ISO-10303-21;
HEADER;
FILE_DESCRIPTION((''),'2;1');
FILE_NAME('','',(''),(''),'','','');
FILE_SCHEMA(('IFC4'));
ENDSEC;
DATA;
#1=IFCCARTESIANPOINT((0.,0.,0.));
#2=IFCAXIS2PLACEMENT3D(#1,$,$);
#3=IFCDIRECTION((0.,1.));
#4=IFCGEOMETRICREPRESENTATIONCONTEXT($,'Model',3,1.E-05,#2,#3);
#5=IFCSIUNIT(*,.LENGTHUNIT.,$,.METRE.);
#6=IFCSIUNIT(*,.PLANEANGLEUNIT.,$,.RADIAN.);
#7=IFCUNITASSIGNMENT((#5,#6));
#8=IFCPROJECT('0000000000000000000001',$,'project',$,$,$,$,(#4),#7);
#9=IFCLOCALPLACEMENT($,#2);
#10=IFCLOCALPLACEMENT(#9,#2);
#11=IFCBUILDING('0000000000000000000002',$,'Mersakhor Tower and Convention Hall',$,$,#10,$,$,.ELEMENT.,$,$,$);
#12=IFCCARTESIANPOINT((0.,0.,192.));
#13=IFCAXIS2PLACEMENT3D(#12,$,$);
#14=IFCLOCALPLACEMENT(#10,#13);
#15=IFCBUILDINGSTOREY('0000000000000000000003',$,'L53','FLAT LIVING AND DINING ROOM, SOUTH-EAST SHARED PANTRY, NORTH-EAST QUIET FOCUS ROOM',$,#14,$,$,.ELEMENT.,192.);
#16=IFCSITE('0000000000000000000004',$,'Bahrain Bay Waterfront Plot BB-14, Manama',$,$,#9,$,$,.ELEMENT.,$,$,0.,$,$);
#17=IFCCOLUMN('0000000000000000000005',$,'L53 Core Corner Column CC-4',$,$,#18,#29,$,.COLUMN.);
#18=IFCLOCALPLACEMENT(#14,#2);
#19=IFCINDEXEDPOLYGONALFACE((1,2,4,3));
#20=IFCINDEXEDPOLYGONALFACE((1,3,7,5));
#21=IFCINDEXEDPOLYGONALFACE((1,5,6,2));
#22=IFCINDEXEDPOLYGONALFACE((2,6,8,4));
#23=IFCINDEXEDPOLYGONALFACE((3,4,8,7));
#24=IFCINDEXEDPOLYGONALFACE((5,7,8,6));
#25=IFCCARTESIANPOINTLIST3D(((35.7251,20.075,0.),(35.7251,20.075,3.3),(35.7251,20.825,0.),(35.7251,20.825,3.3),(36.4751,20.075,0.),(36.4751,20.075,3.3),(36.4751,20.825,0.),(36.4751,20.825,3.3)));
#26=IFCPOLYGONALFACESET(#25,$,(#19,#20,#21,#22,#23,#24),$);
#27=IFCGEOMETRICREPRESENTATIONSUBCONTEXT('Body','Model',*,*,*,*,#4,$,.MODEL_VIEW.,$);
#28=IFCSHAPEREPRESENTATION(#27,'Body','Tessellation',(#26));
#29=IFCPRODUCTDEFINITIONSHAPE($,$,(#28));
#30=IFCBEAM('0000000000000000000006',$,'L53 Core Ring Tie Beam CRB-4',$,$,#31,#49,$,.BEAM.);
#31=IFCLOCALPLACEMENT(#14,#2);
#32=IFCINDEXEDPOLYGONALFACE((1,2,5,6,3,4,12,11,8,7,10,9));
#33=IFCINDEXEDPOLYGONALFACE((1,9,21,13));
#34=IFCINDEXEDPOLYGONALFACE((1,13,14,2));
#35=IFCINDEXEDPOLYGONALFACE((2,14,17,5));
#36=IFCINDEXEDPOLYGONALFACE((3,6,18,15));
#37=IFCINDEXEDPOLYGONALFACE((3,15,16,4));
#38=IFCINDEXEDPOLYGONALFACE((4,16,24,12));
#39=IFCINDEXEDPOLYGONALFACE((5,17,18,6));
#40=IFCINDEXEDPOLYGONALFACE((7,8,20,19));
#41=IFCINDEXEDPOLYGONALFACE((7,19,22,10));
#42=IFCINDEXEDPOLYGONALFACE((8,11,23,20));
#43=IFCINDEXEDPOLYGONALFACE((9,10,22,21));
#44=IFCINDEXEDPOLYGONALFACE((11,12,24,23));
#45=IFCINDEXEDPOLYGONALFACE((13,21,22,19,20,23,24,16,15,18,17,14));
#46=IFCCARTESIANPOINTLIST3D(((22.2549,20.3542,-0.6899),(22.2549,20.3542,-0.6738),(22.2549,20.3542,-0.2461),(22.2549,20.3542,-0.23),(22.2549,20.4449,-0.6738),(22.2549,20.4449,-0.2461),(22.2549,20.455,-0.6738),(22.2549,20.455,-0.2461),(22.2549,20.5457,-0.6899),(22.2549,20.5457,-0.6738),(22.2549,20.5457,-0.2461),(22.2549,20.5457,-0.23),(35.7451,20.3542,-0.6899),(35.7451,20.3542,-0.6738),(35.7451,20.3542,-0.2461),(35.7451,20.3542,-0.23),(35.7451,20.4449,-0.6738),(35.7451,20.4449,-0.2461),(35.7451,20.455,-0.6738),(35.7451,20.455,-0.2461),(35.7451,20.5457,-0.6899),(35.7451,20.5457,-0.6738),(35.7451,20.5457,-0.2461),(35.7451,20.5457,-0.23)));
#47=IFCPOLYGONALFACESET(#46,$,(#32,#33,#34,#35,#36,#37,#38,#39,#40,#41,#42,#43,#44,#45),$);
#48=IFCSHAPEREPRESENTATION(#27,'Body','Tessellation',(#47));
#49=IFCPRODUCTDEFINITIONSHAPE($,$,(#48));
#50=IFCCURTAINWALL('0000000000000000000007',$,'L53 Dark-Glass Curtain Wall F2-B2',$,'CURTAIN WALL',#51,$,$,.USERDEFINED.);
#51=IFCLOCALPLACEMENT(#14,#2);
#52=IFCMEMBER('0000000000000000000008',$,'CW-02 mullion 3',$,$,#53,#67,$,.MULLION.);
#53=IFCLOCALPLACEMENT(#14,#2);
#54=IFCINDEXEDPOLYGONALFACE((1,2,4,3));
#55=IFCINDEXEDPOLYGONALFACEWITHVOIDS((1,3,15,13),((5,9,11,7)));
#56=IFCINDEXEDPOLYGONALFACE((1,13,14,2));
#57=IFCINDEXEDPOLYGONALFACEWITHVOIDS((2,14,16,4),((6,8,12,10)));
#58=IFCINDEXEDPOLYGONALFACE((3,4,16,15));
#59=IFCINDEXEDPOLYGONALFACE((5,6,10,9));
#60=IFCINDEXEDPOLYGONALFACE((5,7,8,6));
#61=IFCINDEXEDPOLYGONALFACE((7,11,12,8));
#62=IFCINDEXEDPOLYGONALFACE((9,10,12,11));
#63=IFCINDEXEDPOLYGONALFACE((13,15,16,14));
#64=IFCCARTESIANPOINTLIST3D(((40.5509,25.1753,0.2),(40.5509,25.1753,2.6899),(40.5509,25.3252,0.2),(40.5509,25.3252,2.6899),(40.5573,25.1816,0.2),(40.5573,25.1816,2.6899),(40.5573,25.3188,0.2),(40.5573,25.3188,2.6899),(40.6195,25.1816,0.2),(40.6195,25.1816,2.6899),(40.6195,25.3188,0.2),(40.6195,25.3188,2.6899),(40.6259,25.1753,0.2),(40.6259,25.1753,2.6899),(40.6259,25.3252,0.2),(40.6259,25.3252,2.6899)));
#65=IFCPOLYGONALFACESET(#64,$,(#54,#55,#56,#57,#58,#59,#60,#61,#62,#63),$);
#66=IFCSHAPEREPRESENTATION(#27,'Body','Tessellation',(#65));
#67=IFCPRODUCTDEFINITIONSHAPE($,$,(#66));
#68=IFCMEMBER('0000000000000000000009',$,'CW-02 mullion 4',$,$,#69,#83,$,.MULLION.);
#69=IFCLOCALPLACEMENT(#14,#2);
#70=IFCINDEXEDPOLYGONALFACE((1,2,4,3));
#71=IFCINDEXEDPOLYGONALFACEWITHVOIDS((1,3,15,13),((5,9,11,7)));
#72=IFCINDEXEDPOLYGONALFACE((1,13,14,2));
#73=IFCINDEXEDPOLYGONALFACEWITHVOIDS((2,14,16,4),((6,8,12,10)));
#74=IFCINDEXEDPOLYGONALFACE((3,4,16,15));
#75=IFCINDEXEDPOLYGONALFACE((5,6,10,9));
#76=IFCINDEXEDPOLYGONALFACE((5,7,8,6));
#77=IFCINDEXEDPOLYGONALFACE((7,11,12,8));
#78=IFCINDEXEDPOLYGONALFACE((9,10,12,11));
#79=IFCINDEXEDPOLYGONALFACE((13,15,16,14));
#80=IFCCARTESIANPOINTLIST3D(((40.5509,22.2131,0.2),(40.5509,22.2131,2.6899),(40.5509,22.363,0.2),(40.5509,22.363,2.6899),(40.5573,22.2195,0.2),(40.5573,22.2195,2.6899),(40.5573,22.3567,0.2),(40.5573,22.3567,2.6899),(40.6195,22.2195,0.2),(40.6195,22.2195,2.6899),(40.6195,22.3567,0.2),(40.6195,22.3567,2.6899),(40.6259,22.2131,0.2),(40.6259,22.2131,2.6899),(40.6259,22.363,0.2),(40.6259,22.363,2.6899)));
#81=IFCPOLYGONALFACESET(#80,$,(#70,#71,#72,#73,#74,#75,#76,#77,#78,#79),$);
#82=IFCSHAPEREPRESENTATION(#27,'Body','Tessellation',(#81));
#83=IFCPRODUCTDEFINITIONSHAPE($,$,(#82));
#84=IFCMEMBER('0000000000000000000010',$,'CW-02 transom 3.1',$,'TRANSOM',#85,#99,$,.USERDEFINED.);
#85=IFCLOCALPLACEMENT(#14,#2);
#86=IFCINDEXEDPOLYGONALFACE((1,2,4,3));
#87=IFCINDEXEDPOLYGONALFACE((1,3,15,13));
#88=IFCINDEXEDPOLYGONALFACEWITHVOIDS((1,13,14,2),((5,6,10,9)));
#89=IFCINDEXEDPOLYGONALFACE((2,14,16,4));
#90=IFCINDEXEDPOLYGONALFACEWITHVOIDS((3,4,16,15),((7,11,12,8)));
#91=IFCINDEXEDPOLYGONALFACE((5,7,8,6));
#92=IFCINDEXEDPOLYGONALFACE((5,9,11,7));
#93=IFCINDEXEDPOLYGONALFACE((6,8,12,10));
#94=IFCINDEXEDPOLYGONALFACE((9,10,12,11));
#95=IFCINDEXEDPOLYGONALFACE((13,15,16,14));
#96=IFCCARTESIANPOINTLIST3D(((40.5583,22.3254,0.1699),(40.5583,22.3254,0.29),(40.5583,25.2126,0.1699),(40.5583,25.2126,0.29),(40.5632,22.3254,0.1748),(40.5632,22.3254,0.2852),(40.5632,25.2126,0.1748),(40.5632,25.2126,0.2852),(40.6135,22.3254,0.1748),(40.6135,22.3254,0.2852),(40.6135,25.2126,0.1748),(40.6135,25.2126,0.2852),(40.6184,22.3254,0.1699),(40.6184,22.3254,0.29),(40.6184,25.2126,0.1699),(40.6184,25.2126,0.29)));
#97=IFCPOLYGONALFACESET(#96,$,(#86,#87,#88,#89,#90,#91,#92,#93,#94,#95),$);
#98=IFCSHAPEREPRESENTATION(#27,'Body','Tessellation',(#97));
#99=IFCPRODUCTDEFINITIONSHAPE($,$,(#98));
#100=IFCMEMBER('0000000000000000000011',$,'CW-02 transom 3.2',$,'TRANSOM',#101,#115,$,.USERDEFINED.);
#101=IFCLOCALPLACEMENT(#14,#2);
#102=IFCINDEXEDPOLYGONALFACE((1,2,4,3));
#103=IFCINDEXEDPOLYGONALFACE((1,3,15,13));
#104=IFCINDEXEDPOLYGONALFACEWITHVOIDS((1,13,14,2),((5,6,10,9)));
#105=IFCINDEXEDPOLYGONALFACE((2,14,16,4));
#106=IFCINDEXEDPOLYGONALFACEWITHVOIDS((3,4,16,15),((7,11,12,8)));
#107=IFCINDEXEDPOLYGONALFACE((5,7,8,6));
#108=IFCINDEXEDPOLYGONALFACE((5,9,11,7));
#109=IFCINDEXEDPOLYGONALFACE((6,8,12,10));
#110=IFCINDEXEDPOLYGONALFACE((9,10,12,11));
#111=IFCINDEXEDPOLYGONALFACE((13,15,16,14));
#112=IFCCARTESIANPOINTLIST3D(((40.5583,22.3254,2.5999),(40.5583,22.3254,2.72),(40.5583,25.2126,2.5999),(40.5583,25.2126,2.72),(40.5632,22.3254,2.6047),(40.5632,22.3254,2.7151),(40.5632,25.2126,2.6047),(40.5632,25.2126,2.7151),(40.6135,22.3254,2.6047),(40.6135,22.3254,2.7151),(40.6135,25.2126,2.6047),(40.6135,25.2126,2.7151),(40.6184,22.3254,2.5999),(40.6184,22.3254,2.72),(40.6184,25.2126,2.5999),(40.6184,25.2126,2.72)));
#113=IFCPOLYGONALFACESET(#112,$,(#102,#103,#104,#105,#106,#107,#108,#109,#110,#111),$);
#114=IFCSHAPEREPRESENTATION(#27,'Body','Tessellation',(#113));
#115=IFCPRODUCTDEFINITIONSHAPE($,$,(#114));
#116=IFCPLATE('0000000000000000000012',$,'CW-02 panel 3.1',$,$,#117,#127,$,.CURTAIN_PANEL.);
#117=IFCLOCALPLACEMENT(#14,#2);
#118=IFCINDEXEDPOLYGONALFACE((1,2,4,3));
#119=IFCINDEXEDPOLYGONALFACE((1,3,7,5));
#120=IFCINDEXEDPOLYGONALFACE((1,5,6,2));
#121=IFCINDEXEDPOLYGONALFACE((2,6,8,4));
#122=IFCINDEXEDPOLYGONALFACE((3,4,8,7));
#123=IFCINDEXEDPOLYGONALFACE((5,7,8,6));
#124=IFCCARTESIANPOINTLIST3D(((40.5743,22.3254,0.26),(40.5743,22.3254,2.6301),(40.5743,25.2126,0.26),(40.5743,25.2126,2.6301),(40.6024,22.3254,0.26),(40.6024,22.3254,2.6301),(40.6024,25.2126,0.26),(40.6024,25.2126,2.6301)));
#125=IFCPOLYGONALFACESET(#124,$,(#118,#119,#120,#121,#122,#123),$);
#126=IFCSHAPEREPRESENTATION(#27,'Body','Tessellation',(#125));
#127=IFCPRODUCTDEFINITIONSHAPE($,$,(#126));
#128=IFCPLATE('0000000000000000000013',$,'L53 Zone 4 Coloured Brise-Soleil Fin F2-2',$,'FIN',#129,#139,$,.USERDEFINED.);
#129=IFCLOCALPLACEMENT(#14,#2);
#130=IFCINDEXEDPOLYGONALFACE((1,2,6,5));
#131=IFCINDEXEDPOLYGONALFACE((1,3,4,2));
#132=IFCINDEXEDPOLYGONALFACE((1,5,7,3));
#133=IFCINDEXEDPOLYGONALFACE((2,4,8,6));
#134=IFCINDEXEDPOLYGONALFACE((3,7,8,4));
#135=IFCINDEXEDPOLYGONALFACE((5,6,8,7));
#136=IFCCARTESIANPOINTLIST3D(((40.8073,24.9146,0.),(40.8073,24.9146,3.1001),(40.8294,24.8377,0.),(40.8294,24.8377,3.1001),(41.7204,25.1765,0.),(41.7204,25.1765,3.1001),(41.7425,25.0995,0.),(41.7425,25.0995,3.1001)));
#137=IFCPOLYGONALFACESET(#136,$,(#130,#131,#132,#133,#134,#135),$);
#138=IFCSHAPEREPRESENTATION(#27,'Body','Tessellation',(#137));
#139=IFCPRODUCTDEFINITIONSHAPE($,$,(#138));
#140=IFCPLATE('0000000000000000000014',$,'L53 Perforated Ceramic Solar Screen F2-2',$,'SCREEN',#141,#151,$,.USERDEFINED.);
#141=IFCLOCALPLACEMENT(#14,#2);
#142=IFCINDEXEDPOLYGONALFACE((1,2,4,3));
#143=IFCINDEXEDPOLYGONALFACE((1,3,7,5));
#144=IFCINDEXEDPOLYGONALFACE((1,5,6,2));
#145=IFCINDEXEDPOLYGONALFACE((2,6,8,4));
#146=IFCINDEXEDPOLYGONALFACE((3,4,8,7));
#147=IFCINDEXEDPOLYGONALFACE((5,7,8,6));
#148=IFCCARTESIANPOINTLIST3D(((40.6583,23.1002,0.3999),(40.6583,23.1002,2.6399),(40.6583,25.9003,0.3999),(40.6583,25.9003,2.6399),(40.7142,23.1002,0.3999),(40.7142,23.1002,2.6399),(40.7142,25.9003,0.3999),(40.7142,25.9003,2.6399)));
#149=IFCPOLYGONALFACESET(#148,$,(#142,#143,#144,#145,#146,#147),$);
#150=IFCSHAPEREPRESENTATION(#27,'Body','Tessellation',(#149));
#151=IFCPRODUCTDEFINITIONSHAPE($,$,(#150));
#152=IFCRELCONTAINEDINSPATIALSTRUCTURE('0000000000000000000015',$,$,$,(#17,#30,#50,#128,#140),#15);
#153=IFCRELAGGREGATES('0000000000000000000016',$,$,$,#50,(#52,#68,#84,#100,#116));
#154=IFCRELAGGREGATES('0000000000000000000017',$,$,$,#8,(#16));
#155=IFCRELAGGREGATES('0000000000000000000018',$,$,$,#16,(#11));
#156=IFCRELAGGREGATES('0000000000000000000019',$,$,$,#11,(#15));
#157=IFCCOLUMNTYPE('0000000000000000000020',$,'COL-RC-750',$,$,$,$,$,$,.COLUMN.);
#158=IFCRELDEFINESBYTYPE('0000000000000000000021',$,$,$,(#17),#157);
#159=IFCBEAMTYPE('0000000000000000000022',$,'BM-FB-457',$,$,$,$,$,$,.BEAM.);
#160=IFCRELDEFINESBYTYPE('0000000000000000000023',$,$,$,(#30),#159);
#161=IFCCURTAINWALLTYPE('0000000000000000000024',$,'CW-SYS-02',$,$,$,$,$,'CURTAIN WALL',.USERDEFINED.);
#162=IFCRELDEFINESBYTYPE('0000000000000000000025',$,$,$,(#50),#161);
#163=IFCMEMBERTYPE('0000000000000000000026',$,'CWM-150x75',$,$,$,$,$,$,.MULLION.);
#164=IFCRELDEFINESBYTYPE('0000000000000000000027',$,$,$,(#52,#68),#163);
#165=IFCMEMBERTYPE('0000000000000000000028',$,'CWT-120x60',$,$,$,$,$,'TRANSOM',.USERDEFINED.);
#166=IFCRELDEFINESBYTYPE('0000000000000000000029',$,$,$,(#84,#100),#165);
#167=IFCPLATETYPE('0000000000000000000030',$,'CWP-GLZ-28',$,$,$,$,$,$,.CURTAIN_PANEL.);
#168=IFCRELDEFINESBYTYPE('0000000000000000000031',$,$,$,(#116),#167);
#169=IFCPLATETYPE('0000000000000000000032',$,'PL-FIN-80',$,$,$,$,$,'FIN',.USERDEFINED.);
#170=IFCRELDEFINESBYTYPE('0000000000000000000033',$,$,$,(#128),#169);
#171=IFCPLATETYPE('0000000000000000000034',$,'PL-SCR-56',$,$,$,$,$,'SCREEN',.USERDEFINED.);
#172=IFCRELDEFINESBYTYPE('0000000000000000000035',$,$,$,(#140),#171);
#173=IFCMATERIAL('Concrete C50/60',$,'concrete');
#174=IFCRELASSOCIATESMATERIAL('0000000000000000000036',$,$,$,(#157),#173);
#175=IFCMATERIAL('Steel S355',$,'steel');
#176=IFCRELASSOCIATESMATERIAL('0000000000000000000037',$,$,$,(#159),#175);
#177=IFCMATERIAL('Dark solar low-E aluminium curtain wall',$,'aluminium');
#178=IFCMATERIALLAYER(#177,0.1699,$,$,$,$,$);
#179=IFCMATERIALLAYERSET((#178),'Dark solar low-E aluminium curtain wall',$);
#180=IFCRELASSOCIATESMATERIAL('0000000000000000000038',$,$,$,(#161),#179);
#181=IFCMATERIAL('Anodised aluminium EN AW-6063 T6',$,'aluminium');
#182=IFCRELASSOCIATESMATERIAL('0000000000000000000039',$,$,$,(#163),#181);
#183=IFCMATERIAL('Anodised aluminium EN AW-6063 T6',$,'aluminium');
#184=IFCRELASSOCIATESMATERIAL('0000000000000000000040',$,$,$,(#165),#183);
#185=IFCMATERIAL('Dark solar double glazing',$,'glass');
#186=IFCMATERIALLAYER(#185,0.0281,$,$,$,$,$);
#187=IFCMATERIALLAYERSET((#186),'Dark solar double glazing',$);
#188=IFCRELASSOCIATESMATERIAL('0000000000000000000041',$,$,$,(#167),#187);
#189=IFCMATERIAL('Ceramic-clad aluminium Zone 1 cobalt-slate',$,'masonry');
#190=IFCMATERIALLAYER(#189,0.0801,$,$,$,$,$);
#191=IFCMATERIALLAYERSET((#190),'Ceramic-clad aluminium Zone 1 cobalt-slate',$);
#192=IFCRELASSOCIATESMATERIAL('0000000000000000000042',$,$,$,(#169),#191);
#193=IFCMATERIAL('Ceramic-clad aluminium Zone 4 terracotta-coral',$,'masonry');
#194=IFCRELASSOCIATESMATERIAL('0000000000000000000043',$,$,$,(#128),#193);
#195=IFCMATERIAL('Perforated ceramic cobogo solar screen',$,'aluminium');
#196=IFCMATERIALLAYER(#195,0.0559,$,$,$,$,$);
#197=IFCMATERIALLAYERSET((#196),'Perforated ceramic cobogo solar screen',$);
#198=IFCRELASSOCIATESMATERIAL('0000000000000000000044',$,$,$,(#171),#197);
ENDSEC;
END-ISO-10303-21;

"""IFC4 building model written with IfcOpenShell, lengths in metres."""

from ifc_helpers import new_model, si_unit, direction, frame, origin, origin_2d, place, context, subcontext, project, spatial, rectangle, hollow_rectangle, i_section, extrude, material, layer, layer_set, material_profile, profile_set, type_object, element, aggregate, save


model = new_model("IFC4")

# Units and contexts
model_context = context("Model", 3, precision=1e-05, world=origin(), true_north=direction((0.0, 1.0)))
body_context = subcontext(model_context, "Body", "Model", "MODEL_VIEW")
ifc_project = project(units=[si_unit("LENGTHUNIT", "METRE"), si_unit("PLANEANGLEUNIT", "RADIAN")], contexts=[model_context])

# Site, building, storey
site_placement = place(None, origin())
site = spatial("IfcSite", under=ifc_project, at=site_placement, Name="Bahrain Bay Waterfront Plot BB-14, Manama", CompositionType="ELEMENT", RefElevation=0.0)
building_placement = place(site_placement, origin())
building = spatial("IfcBuilding", under=site, at=building_placement, Name="Mersakhor Tower and Convention Hall", CompositionType="ELEMENT")
storey_placement = place(building_placement, frame((0.0, 0.0, 192.0)))
storey = spatial("IfcBuildingStorey", under=building, at=storey_placement, Name="L53", Description="FLAT LIVING AND DINING ROOM, SOUTH-EAST SHARED PANTRY, NORTH-EAST QUIET FOCUS ROOM", CompositionType="ELEMENT", Elevation=192.0)

# Column
ifc_material_1 = material(Name="Concrete C50/60", Category="concrete")
ifc_material_profile_1 = material_profile(ifc_material_1, rectangle(XDim=0.75, YDim=0.75, at=origin_2d()), Name="RC 750x750")
ifc_profile_set_1 = profile_set([ifc_material_profile_1], Name="Concrete C50/60")
column_type = type_object("IfcColumnType", Name="COL-RC-750", PredefinedType="COLUMN", material=ifc_profile_set_1)
column_placement = place(storey_placement, frame((36.1001, 20.45, 0.0), z_axis=(0.0, 0.0, 1.0), x_axis=(1.0, 0.0, 0.0)))
element("IfcColumn", 1, at=column_placement, inside=storey, type_object=column_type, Name="L53 Core Corner Column CC-4", PredefinedType="COLUMN", context=body_context, shape_type="SweptSolid", body=[
    extrude(rectangle(XDim=0.75, YDim=0.75, at=origin_2d()), origin(), (0.0, 0.0, 1.0), 3.3),
])

# Beam
ifc_material_2 = material(Name="Steel S355", Category="steel")
ifc_material_profile_2 = material_profile(ifc_material_2, i_section(OverallWidth=0.1914, OverallDepth=0.46, WebThickness=0.01, FlangeThickness=0.0161, at=origin_2d()), Name="UB 457x191x82")
ifc_profile_set_2 = profile_set([ifc_material_profile_2], Name="Steel S355")
beam_type = type_object("IfcBeamType", Name="BM-FB-457", PredefinedType="BEAM", material=ifc_profile_set_2)
beam_placement = place(storey_placement, frame((35.7451, 20.45, -0.46), z_axis=(-1.0, 0.0, 0.0), x_axis=(0.0, -1.0, 0.0)))
element("IfcBeam", 2, at=beam_placement, inside=storey, type_object=beam_type, Name="L53 Core Ring Tie Beam CRB-4", PredefinedType="BEAM", context=body_context, shape_type="SweptSolid", body=[
    extrude(i_section(OverallWidth=0.1914, OverallDepth=0.46, WebThickness=0.01, FlangeThickness=0.0161, at=origin_2d()), origin(), (0.0, 0.0, 1.0), 13.4902),
])

# Curtain wall, members, plate
ifc_material_3 = material(Name="Dark solar low-E aluminium curtain wall", Category="aluminium")
ifc_layer_1 = layer(ifc_material_3, 0.1699)
ifc_layer_set_1 = layer_set([ifc_layer_1], Name="Dark solar low-E aluminium curtain wall")
curtain_wall_type = type_object("IfcCurtainWallType", Name="CW-SYS-02", ElementType="CURTAIN WALL", PredefinedType="USERDEFINED", material=ifc_layer_set_1)
curtain_wall_placement = place(storey_placement, origin())
curtain_wall = element("IfcCurtainWall", 3, at=curtain_wall_placement, inside=storey, type_object=curtain_wall_type, Name="L53 Dark-Glass Curtain Wall F2-B2", ObjectType="CURTAIN WALL", PredefinedType="USERDEFINED")
ifc_material_4 = material(Name="Anodised aluminium EN AW-6063 T6", Category="aluminium")
ifc_material_profile_3 = material_profile(ifc_material_4, hollow_rectangle(XDim=0.075, YDim=0.1499, WallThickness=0.0063, at=origin_2d()), Name="RHS 150x75x6.3")
ifc_profile_set_3 = profile_set([ifc_material_profile_3], Name="Anodised aluminium EN AW-6063 T6")
member_type_1 = type_object("IfcMemberType", Name="CWM-150x75", PredefinedType="MULLION", material=ifc_profile_set_3)
member_1_placement = place(storey_placement, frame((40.5884, 25.2502, 0.2), z_axis=(0.0, 0.0, 1.0), x_axis=(1.0, 0.0, 0.0)))
member_1 = element("IfcMember", 4, at=member_1_placement, type_object=member_type_1, Name="CW-02 mullion 3", PredefinedType="MULLION", context=body_context, shape_type="SweptSolid", body=[
    extrude(hollow_rectangle(XDim=0.075, YDim=0.1499, WallThickness=0.0063, at=origin_2d()), origin(), (0.0, 0.0, 1.0), 2.49),
])
member_2_placement = place(storey_placement, frame((40.5884, 22.2881, 0.2), z_axis=(0.0, 0.0, 1.0), x_axis=(1.0, 0.0, 0.0)))
member_2 = element("IfcMember", 5, at=member_2_placement, type_object=member_type_1, Name="CW-02 mullion 4", PredefinedType="MULLION", context=body_context, shape_type="SweptSolid", body=[
    extrude(hollow_rectangle(XDim=0.075, YDim=0.1499, WallThickness=0.0063, at=origin_2d()), origin(), (0.0, 0.0, 1.0), 2.49),
])
ifc_material_5 = material(Name="Anodised aluminium EN AW-6063 T6", Category="aluminium")
ifc_material_profile_4 = material_profile(ifc_material_5, hollow_rectangle(XDim=0.0601, YDim=0.1201, WallThickness=0.0049, at=origin_2d()), Name="RHS 120x60x5")
ifc_profile_set_4 = profile_set([ifc_material_profile_4], Name="Anodised aluminium EN AW-6063 T6")
member_type_2 = type_object("IfcMemberType", Name="CWT-120x60", ElementType="TRANSOM", PredefinedType="USERDEFINED", material=ifc_profile_set_4)
member_3_placement = place(storey_placement, frame((40.5884, 25.2126, 0.23), z_axis=(0.0, -1.0, 0.0), x_axis=(1.0, 0.0, 0.0)))
member_3 = element("IfcMember", 6, at=member_3_placement, type_object=member_type_2, Name="CW-02 transom 3.1", ObjectType="TRANSOM", PredefinedType="USERDEFINED", context=body_context, shape_type="SweptSolid", body=[
    extrude(hollow_rectangle(XDim=0.0601, YDim=0.1201, WallThickness=0.0049, at=origin_2d()), origin(), (0.0, 0.0, 1.0), 2.8872),
])
member_4_placement = place(storey_placement, frame((40.5884, 25.2126, 2.6599), z_axis=(0.0, -1.0, 0.0), x_axis=(1.0, 0.0, 0.0)))
member_4 = element("IfcMember", 7, at=member_4_placement, type_object=member_type_2, Name="CW-02 transom 3.2", ObjectType="TRANSOM", PredefinedType="USERDEFINED", context=body_context, shape_type="SweptSolid", body=[
    extrude(hollow_rectangle(XDim=0.0601, YDim=0.1201, WallThickness=0.0049, at=origin_2d()), origin(), (0.0, 0.0, 1.0), 2.8872),
])
ifc_material_6 = material(Name="Dark solar double glazing", Category="glass")
ifc_layer_2 = layer(ifc_material_6, 0.0281)
ifc_layer_set_2 = layer_set([ifc_layer_2], Name="Dark solar double glazing")
plate_type_1 = type_object("IfcPlateType", Name="CWP-GLZ-28", PredefinedType="CURTAIN_PANEL", material=ifc_layer_set_2)
plate_1_placement = place(storey_placement, frame((40.5884, 23.769, 0.26), z_axis=(0.0, 0.0, 1.0), x_axis=(0.0, -1.0, 0.0)))
plate_1 = element("IfcPlate", 8, at=plate_1_placement, type_object=plate_type_1, Name="CW-02 panel 3.1", PredefinedType="CURTAIN_PANEL", context=body_context, shape_type="SweptSolid", body=[
    extrude(rectangle(XDim=2.8872, YDim=0.0281, at=origin_2d()), origin(), (0.0, 0.0, 1.0), 2.3701),
])
aggregate(curtain_wall, [member_1, member_2, member_3, member_4, plate_1])

# Plates
ifc_material_7 = material(Name="Ceramic-clad aluminium Zone 4 terracotta-coral", Category="masonry")
ifc_material_8 = material(Name="Ceramic-clad aluminium Zone 1 cobalt-slate", Category="masonry")
ifc_layer_3 = layer(ifc_material_8, 0.0801)
ifc_layer_set_3 = layer_set([ifc_layer_3], Name="Ceramic-clad aluminium Zone 1 cobalt-slate")
plate_type_2 = type_object("IfcPlateType", Name="PL-FIN-80", ElementType="FIN", PredefinedType="USERDEFINED", material=ifc_layer_set_3)
plate_2_placement = place(storey_placement, frame((41.2749, 25.0071, 0.0), z_axis=(0.0, 0.0, 1.0), x_axis=(0.961262, 0.275637, 0.0)))
element("IfcPlate", 9, at=plate_2_placement, inside=storey, type_object=plate_type_2, material=ifc_material_7, Name="L53 Zone 4 Coloured Brise-Soleil Fin F2-2", ObjectType="FIN", PredefinedType="USERDEFINED", context=body_context, shape_type="SweptSolid", body=[
    extrude(rectangle(XDim=0.95, YDim=0.0801, at=origin_2d()), origin(), (0.0, 0.0, 1.0), 3.1001),
])
ifc_material_9 = material(Name="Perforated ceramic cobogo solar screen", Category="aluminium")
ifc_layer_4 = layer(ifc_material_9, 0.0559)
ifc_layer_set_4 = layer_set([ifc_layer_4], Name="Perforated ceramic cobogo solar screen")
plate_type_3 = type_object("IfcPlateType", Name="PL-SCR-56", ElementType="SCREEN", PredefinedType="USERDEFINED", material=ifc_layer_set_4)
plate_3_placement = place(storey_placement, frame((40.6863, 24.5002, 0.3999), z_axis=(0.0, 0.0, 1.0), x_axis=(0.0, -1.0, 0.0)))
element("IfcPlate", 10, at=plate_3_placement, inside=storey, type_object=plate_type_3, Name="L53 Perforated Ceramic Solar Screen F2-2", ObjectType="SCREEN", PredefinedType="USERDEFINED", context=body_context, shape_type="SweptSolid", body=[
    extrude(rectangle(XDim=2.8, YDim=0.0559, at=origin_2d()), origin(), (0.0, 0.0, 1.0), 2.24),
])

save(model, "model.ifc")
